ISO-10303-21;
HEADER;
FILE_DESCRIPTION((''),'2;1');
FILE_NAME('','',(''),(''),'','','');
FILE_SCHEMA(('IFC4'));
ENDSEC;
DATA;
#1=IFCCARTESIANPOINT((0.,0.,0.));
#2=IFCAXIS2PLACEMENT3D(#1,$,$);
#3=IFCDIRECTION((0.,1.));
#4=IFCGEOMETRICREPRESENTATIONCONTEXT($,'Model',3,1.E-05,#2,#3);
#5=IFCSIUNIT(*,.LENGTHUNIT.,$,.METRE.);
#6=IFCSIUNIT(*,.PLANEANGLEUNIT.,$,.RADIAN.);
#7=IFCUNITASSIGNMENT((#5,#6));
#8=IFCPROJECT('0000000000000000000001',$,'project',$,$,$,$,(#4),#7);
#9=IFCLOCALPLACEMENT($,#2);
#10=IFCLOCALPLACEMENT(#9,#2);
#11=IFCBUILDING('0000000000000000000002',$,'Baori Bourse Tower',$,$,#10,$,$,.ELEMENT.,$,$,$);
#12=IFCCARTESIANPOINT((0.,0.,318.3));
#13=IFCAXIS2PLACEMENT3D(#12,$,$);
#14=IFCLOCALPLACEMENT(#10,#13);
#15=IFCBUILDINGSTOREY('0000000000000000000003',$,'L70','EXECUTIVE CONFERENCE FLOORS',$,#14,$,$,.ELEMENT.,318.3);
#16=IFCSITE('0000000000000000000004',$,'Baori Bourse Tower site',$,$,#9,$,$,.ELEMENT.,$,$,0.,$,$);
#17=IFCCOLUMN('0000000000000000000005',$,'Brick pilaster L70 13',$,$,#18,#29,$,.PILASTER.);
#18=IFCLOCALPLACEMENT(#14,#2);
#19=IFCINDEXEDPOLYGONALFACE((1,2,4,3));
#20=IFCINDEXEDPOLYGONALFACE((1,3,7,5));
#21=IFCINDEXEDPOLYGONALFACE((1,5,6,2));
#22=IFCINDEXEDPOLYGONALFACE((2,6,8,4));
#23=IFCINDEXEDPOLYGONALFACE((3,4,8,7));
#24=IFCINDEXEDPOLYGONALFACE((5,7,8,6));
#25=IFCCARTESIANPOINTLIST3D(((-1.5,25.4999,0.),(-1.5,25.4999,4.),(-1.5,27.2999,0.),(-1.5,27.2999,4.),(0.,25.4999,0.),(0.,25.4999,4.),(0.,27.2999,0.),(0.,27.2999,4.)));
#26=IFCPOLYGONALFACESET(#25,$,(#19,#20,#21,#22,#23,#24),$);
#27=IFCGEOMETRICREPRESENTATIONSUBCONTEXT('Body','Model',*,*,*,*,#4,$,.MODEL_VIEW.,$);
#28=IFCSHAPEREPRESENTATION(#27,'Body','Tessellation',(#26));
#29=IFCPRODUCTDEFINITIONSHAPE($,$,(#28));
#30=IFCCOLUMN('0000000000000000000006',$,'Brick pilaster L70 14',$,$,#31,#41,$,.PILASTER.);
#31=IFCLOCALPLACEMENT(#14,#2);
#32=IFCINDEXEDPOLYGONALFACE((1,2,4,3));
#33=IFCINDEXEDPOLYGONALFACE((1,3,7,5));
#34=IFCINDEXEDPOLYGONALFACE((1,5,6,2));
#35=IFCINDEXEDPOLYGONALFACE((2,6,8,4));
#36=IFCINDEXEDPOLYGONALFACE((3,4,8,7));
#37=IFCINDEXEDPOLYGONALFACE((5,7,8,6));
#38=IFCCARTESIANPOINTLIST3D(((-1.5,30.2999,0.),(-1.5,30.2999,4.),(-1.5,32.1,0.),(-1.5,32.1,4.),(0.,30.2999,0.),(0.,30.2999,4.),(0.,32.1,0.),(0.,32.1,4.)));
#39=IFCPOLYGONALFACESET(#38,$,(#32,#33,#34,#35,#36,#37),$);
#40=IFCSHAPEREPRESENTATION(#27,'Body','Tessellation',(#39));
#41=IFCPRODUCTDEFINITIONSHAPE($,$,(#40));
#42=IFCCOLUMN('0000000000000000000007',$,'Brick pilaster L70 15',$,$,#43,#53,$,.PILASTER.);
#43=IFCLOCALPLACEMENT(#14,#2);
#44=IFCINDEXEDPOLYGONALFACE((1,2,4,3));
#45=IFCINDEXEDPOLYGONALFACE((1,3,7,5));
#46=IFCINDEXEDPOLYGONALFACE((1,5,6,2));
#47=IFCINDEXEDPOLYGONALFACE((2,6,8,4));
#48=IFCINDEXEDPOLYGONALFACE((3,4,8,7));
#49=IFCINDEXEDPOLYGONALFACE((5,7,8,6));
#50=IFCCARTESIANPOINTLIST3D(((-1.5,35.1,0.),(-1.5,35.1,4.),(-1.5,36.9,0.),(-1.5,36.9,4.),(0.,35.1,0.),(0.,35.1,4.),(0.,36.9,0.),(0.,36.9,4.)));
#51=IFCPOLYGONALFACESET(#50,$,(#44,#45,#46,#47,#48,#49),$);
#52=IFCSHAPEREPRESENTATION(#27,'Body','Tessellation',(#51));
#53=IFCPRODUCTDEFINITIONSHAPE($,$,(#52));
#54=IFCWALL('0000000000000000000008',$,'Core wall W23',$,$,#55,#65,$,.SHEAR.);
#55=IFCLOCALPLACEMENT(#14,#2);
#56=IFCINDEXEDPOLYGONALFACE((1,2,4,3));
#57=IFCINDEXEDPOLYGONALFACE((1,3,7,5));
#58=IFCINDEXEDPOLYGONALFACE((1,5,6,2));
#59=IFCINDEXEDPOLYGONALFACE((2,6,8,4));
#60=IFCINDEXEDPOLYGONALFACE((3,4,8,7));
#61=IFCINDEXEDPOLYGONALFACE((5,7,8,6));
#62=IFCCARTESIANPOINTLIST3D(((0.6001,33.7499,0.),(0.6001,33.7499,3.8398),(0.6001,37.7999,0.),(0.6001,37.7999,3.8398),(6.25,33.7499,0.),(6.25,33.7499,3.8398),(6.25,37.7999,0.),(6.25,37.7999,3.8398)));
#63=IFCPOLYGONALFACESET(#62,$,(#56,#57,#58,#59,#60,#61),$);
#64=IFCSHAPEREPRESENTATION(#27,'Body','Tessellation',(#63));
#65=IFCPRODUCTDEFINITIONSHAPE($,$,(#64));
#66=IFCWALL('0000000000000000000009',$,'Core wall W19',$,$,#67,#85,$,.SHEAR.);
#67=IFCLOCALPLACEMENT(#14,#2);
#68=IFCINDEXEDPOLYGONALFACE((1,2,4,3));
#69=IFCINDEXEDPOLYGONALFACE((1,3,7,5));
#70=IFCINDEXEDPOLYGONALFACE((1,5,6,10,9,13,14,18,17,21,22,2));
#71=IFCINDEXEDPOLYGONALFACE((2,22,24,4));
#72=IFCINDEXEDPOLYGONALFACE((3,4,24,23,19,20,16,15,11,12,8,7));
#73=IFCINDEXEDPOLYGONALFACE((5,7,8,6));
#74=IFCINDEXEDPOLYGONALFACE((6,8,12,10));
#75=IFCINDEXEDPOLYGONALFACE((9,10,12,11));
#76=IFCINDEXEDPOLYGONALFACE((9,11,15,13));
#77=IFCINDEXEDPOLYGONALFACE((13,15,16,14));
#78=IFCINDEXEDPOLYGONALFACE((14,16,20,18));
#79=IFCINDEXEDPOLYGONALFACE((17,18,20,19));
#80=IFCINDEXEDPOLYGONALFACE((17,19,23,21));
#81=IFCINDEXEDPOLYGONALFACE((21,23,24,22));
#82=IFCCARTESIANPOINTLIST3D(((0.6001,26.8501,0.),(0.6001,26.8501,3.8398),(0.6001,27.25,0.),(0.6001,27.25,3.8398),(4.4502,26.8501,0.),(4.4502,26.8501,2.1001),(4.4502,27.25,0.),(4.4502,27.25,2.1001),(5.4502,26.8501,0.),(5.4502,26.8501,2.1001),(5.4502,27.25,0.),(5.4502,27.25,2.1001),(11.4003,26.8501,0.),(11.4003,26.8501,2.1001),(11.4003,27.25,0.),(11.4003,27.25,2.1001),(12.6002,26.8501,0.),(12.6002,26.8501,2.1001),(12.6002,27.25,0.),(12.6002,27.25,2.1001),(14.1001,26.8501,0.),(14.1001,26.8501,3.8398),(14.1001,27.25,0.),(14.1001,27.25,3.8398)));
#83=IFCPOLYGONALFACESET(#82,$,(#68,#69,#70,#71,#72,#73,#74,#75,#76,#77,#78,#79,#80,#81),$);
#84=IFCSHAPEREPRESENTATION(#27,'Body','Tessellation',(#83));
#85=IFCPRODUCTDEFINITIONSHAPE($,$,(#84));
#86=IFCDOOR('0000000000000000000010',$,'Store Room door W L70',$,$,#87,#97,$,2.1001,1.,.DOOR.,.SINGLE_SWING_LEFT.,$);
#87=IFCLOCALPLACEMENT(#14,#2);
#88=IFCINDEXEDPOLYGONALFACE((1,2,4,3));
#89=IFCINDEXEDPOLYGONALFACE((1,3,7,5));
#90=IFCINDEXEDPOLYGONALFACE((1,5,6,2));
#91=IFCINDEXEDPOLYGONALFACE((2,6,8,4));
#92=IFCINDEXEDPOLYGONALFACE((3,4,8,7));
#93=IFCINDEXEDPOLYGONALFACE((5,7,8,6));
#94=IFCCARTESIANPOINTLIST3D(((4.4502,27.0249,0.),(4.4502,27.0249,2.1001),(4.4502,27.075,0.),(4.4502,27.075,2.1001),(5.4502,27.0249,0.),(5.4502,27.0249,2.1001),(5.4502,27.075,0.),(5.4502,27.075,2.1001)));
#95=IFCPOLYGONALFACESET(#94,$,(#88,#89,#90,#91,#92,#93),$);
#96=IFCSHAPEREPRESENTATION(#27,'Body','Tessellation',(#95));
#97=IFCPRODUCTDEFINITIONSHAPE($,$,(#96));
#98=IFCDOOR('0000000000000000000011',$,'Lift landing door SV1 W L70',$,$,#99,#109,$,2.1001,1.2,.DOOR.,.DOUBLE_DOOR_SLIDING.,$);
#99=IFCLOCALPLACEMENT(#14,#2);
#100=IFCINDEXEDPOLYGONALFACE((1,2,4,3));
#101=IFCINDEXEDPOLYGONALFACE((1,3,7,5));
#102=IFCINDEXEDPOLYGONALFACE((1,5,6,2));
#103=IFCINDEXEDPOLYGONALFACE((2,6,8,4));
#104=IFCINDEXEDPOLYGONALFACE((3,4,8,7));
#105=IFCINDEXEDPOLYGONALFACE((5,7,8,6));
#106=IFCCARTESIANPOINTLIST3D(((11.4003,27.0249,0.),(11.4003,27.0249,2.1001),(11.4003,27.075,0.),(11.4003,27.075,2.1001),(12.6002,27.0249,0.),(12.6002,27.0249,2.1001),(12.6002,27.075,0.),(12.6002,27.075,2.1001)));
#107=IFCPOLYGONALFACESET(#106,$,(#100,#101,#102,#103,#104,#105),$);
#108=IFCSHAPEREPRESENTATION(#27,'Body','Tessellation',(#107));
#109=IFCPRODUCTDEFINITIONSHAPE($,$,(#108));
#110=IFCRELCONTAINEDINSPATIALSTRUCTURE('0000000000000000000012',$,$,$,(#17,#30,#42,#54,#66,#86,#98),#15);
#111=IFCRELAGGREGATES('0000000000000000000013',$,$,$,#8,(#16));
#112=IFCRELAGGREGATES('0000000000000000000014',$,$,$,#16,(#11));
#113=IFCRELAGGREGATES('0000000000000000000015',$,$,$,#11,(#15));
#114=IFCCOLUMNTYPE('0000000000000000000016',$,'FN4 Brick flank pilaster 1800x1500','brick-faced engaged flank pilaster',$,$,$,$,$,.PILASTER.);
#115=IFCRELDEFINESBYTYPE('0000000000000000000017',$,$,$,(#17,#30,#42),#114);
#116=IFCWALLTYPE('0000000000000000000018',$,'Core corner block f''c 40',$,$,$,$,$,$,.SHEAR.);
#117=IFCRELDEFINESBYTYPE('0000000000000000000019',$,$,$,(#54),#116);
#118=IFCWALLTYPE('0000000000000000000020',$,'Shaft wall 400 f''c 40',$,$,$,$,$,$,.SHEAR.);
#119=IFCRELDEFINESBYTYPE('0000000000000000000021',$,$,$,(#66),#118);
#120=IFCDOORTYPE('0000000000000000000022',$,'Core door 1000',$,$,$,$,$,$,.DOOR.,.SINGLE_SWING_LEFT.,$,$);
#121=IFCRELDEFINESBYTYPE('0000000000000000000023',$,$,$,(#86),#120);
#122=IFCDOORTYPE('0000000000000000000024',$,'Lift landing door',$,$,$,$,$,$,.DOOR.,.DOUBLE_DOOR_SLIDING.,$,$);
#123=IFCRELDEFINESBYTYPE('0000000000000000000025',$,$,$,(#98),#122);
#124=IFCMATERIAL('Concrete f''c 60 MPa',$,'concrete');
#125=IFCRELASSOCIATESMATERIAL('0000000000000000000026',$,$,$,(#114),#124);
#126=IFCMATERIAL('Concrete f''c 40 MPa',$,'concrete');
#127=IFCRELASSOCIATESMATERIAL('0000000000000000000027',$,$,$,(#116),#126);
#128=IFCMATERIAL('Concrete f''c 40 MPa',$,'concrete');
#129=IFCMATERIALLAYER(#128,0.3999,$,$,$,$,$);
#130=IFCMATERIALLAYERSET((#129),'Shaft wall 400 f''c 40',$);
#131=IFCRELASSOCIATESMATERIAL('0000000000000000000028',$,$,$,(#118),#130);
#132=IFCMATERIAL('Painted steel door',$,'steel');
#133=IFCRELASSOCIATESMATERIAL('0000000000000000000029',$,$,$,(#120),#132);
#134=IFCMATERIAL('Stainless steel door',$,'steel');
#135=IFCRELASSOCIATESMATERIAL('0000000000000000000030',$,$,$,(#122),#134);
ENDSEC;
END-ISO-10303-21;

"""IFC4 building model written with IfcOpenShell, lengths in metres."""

from ifc_helpers import new_model, si_unit, direction, frame, frame_2d, origin, origin_2d, place, context, subcontext, project, spatial, rectangle, extrude, material, layer, layer_set, material_profile, profile_set, type_object, element, fill, save


model = new_model("IFC4")

# Units and contexts
model_context = context("Model", 3, precision=1e-05, world=origin(), true_north=direction((0.0, 1.0)))
body_context = subcontext(model_context, "Body", "Model", "MODEL_VIEW")
ifc_project = project(units=[si_unit("LENGTHUNIT", "METRE"), si_unit("PLANEANGLEUNIT", "RADIAN")], contexts=[model_context])

# Site, building, storey
site_placement = place(None, origin())
site = spatial("IfcSite", under=ifc_project, at=site_placement, Name="Baori Bourse Tower site", CompositionType="ELEMENT", RefElevation=0.0)
building_placement = place(site_placement, origin())
building = spatial("IfcBuilding", under=site, at=building_placement, Name="Baori Bourse Tower", CompositionType="ELEMENT")
storey_placement = place(building_placement, frame((0.0, 0.0, 318.3)))
storey = spatial("IfcBuildingStorey", under=building, at=storey_placement, Name="L70", Description="EXECUTIVE CONFERENCE FLOORS", CompositionType="ELEMENT", Elevation=318.3)

# Columns
ifc_material_1 = material(Name="Concrete f'c 60 MPa", Category="concrete")
ifc_material_profile = material_profile(ifc_material_1, rectangle(XDim=1.8, YDim=1.5, at=origin_2d()), Name="RC 1800x1500")
ifc_profile_set = profile_set([ifc_material_profile], Name="Concrete f'c 60 MPa")
column_type = type_object("IfcColumnType", Name="FN4 Brick flank pilaster 1800x1500", Description="brick-faced engaged flank pilaster", PredefinedType="PILASTER", material=ifc_profile_set)
for number, where, z_axis, x_axis, name in (
    (1, (-0.75, 26.3999, 0.0), (0.0, 0.0, 1.0), (0.0, 1.0, 0.0), "Brick pilaster L70 13"),
    (2, (-0.75, 31.2, 0.0), (0.0, 0.0, 1.0), (0.0, 1.0, 0.0), "Brick pilaster L70 14"),
    (3, (-0.75, 36.0, 0.0), (0.0, 0.0, 1.0), (0.0, 1.0, 0.0), "Brick pilaster L70 15"),
):
    element("IfcColumn", number, at=place(storey_placement, frame(where, z_axis=z_axis, x_axis=x_axis)), inside=storey, type_object=column_type, Name=name, PredefinedType="PILASTER", context=body_context, shape_type="SweptSolid", body=[
        extrude(rectangle(XDim=1.8, YDim=1.5, at=origin_2d()), origin(), (0.0, 0.0, 1.0), 4.0),
    ])

# Wall
ifc_material_2 = material(Name="Concrete f'c 40 MPa", Category="concrete")
wall_type_1 = type_object("IfcWallType", Name="Core corner block f'c 40", PredefinedType="SHEAR", material=ifc_material_2)
wall_1_placement = place(storey_placement, frame((0.6001, 35.7749, 0.0), z_axis=(0.0, 0.0, 1.0), x_axis=(1.0, 0.0, 0.0)))
element("IfcWall", 4, at=wall_1_placement, inside=storey, type_object=wall_type_1, Name="Core wall W23", PredefinedType="SHEAR", context=body_context, shape_type="SweptSolid", body=[
    extrude(rectangle(XDim=5.6499, YDim=4.05, at=frame_2d((2.825, 0.0))), origin(), (0.0, 0.0, 1.0), 3.8398),
])

# Wall, openings, doors
ifc_material_3 = material(Name="Concrete f'c 40 MPa", Category="concrete")
ifc_layer_1 = layer(ifc_material_3, 0.3999)
ifc_layer_set_1 = layer_set([ifc_layer_1], Name="Shaft wall 400 f'c 40")
wall_type_2 = type_object("IfcWallType", Name="Shaft wall 400 f'c 40", PredefinedType="SHEAR", material=ifc_layer_set_1)
wall_2_placement = place(storey_placement, frame((0.6001, 27.05, 0.0), z_axis=(0.0, 0.0, 1.0), x_axis=(1.0, 0.0, 0.0)))
wall_2 = element("IfcWall", 5, at=wall_2_placement, inside=storey, type_object=wall_type_2, Name="Core wall W19", PredefinedType="SHEAR", context=body_context, shape_type="SweptSolid", body=[
    extrude(rectangle(XDim=13.5, YDim=0.3999, at=frame_2d((6.75, 0.0))), origin(), (0.0, 0.0, 1.0), 3.8398),
])
opening_1_placement = place(wall_2_placement, frame((3.8501, 0.0, 0.0)))
opening_1 = element("IfcOpeningElement", 6, at=opening_1_placement, cuts=wall_2, PredefinedType="OPENING", context=body_context, shape_type="SweptSolid", body=[
    extrude(rectangle(XDim=1.0, YDim=2.1001, at=frame_2d((0.5, 1.05))), frame((0.0, 0.21, 0.0), z_axis=(0.0, -1.0, 0.0), x_axis=(1.0, 0.0, 0.0)), (0.0, 0.0, 1.0), 0.4199),
])
opening_2_placement = place(wall_2_placement, frame((10.8, 0.0, 0.0)))
opening_2 = element("IfcOpeningElement", 7, at=opening_2_placement, cuts=wall_2, PredefinedType="OPENING", context=body_context, shape_type="SweptSolid", body=[
    extrude(rectangle(XDim=1.2, YDim=2.1001, at=frame_2d((0.6001, 1.05))), frame((0.0, 0.21, 0.0), z_axis=(0.0, -1.0, 0.0), x_axis=(1.0, 0.0, 0.0)), (0.0, 0.0, 1.0), 0.4199),
])
ifc_material_4 = material(Name="Painted steel door", Category="steel")
door_type_1 = type_object("IfcDoorType", Name="Core door 1000", OperationType="SINGLE_SWING_LEFT", PredefinedType="DOOR", material=ifc_material_4)
door_1_placement = place(opening_1_placement, origin())
door_1 = element("IfcDoor", 8, at=door_1_placement, inside=storey, type_object=door_type_1, Name="Store Room door W L70", OperationType="SINGLE_SWING_LEFT", OverallHeight=2.1001, OverallWidth=1.0, PredefinedType="DOOR", context=body_context, shape_type="SweptSolid", body=[
    extrude(rectangle(XDim=1.0, YDim=2.1001, at=frame_2d((0.5, 1.05))), frame((0.0, 0.0249, 0.0), z_axis=(0.0, -1.0, 0.0), x_axis=(1.0, 0.0, 0.0)), (0.0, 0.0, 1.0), 0.05),
])
fill(opening_1, door_1)
ifc_material_5 = material(Name="Stainless steel door", Category="steel")
door_type_2 = type_object("IfcDoorType", Name="Lift landing door", OperationType="DOUBLE_DOOR_SLIDING", PredefinedType="DOOR", material=ifc_material_5)
door_2_placement = place(opening_2_placement, origin())
door_2 = element("IfcDoor", 9, at=door_2_placement, inside=storey, type_object=door_type_2, Name="Lift landing door SV1 W L70", OperationType="DOUBLE_DOOR_SLIDING", OverallHeight=2.1001, OverallWidth=1.2, PredefinedType="DOOR", context=body_context, shape_type="SweptSolid", body=[
    extrude(rectangle(XDim=1.2, YDim=2.1001, at=frame_2d((0.6001, 1.05))), frame((0.0, 0.0249, 0.0), z_axis=(0.0, -1.0, 0.0), x_axis=(1.0, 0.0, 0.0)), (0.0, 0.0, 1.0), 0.05),
])
fill(opening_2, door_2)

save(model, "model.ifc")
